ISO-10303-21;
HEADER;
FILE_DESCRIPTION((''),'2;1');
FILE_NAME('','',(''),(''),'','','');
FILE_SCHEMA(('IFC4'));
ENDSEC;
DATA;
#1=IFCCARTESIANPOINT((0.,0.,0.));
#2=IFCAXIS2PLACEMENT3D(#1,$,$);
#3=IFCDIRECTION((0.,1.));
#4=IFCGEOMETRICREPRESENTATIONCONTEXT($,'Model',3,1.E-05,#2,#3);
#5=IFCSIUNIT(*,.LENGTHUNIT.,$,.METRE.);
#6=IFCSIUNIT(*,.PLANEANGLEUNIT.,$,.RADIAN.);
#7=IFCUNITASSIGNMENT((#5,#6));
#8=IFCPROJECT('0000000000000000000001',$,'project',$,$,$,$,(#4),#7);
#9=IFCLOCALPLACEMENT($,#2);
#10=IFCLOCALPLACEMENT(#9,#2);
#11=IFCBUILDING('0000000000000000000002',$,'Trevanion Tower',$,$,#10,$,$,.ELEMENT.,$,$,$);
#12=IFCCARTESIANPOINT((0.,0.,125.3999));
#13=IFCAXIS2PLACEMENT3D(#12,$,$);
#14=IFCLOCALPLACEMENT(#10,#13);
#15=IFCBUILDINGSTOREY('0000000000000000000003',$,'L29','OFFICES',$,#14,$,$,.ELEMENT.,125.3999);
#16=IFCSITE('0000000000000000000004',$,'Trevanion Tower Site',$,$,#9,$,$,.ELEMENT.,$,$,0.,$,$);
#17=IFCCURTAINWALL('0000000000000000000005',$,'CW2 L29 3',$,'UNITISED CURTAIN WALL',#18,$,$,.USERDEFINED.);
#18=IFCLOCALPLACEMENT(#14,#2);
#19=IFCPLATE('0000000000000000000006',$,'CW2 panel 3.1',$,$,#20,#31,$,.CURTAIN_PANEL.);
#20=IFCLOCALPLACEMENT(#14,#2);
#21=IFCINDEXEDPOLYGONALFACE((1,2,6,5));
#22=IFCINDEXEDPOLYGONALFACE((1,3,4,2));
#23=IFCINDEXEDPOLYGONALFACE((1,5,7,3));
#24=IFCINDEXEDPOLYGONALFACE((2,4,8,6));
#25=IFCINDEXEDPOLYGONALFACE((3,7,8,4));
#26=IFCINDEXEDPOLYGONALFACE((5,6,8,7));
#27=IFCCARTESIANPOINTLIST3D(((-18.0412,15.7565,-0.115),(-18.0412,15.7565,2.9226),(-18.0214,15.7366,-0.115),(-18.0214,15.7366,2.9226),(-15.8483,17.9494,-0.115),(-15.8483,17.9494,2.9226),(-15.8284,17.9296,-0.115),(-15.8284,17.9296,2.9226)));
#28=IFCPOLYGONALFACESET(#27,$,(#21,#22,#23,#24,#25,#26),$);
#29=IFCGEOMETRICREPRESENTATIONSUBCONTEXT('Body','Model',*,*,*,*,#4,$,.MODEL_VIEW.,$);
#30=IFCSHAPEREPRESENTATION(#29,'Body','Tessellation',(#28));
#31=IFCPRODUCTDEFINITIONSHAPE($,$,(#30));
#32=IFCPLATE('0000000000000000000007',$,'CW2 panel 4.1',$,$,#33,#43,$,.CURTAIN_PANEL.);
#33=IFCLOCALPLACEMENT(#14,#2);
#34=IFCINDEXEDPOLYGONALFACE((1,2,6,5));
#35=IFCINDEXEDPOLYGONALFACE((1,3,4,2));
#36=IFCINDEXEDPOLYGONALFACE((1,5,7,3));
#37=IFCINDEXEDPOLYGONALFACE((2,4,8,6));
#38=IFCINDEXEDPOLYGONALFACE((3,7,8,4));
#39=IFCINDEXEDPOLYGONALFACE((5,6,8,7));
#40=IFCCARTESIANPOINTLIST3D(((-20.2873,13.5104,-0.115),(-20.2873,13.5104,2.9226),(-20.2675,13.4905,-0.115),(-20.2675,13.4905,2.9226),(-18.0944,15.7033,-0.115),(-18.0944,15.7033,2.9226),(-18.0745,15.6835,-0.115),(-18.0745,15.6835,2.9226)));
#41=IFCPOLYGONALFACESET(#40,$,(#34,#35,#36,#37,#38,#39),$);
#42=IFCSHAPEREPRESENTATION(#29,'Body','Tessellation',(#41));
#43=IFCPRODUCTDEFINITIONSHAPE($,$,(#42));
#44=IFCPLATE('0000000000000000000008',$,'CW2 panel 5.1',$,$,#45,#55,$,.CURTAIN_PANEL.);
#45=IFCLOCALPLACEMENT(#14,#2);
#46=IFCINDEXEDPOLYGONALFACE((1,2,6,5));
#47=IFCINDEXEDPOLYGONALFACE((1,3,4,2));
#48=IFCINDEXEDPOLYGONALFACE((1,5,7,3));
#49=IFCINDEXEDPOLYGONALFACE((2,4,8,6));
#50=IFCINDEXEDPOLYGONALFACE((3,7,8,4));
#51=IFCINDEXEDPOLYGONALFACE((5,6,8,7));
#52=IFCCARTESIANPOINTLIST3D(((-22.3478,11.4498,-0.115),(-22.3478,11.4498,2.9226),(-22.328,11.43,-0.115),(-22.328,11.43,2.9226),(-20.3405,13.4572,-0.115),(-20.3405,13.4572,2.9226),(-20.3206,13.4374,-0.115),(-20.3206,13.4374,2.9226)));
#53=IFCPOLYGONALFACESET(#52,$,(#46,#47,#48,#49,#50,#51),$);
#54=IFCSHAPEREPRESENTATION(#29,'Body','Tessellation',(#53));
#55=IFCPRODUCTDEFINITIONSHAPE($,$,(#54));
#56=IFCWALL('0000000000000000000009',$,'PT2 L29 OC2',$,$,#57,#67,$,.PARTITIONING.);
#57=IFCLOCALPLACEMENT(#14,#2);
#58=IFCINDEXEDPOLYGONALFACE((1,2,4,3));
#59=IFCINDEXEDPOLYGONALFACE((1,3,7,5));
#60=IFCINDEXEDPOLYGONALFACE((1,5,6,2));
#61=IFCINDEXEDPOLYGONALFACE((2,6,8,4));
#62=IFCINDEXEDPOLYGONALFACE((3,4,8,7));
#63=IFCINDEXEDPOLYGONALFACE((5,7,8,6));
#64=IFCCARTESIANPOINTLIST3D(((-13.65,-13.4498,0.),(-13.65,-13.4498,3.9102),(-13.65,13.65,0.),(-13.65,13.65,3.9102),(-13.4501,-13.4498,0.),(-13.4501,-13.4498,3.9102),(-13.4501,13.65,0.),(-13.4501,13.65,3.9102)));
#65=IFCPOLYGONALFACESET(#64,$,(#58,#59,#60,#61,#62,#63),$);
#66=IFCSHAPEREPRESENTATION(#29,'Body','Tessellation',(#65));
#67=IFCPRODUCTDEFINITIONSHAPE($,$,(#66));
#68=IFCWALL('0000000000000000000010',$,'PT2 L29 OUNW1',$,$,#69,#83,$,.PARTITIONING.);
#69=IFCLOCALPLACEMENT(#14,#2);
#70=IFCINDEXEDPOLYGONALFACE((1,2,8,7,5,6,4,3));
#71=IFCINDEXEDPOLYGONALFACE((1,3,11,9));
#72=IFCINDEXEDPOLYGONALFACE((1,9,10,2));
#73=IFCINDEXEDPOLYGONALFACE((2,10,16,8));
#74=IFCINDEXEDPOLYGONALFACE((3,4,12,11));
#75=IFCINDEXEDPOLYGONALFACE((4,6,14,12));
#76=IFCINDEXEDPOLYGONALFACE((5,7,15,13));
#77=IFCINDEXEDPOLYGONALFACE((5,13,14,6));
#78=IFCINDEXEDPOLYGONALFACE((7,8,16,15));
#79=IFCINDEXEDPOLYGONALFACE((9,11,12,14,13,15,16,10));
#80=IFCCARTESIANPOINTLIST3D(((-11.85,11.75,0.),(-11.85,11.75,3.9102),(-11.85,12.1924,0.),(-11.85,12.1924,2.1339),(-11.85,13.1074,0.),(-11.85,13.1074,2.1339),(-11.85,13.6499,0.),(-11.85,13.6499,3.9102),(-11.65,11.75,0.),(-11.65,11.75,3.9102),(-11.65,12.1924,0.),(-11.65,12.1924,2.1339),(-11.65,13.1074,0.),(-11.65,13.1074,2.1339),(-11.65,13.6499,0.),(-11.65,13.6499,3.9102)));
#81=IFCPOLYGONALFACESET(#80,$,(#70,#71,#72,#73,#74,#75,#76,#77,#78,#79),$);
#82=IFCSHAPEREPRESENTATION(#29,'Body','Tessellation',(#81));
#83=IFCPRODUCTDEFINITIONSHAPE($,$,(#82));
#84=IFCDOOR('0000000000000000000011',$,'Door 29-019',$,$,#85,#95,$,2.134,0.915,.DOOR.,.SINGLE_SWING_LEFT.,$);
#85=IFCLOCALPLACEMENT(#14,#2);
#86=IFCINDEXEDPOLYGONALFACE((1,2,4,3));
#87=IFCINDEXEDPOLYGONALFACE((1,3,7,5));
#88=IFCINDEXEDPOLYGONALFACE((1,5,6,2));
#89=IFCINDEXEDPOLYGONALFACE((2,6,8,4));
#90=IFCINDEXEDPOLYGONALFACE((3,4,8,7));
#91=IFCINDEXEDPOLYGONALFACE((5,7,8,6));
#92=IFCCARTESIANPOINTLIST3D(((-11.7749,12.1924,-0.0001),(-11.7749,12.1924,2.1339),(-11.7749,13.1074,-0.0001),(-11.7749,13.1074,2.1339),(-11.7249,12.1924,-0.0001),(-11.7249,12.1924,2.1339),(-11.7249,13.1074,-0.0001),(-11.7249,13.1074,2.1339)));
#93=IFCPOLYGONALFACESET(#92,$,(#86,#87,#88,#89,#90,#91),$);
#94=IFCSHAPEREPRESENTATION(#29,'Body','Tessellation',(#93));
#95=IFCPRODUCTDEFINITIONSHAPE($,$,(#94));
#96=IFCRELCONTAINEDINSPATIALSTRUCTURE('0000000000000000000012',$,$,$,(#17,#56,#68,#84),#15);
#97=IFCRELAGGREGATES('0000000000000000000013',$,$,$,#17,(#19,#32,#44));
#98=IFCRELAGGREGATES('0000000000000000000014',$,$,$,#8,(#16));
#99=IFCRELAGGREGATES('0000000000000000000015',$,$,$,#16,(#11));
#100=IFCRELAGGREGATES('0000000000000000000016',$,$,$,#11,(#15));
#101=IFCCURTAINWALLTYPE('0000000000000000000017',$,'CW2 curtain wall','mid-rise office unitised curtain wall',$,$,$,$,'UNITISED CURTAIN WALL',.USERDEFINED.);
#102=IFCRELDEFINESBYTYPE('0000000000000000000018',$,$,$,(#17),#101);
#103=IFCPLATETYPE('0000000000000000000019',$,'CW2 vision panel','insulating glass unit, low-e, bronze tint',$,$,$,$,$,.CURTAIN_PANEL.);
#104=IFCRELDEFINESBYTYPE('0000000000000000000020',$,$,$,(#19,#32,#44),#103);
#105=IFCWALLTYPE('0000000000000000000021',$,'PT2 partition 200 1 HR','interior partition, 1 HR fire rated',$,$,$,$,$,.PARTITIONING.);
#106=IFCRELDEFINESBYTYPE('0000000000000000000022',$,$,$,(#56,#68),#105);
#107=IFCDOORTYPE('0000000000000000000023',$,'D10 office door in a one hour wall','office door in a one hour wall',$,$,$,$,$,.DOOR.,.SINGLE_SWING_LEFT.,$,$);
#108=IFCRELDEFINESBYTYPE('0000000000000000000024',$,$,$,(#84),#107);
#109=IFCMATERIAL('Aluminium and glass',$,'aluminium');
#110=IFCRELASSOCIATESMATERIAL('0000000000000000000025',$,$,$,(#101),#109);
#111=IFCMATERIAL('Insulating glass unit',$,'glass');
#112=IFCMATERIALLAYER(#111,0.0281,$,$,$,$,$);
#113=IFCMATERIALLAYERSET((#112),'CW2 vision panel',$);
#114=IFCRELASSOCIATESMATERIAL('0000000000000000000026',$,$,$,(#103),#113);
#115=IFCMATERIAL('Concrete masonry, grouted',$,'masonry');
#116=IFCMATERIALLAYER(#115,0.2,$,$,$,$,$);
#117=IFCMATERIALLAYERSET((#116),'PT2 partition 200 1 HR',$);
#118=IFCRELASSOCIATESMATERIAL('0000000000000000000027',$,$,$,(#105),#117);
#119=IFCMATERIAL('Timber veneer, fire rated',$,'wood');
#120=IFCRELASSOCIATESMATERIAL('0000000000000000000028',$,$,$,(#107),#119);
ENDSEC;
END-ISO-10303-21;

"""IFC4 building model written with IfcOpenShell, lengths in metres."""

from ifc_helpers import new_model, si_unit, direction, frame, frame_2d, origin, origin_2d, place, context, subcontext, project, spatial, rectangle, extrude, material, layer, layer_set, type_object, element, fill, aggregate, save


model = new_model("IFC4")

# Units and contexts
model_context = context("Model", 3, precision=1e-05, world=origin(), true_north=direction((0.0, 1.0)))
body_context = subcontext(model_context, "Body", "Model", "MODEL_VIEW")
ifc_project = project(units=[si_unit("LENGTHUNIT", "METRE"), si_unit("PLANEANGLEUNIT", "RADIAN")], contexts=[model_context])

# Site, building, storey
site_placement = place(None, origin())
site = spatial("IfcSite", under=ifc_project, at=site_placement, Name="Trevanion Tower Site", CompositionType="ELEMENT", RefElevation=0.0)
building_placement = place(site_placement, origin())
building = spatial("IfcBuilding", under=site, at=building_placement, Name="Trevanion Tower", CompositionType="ELEMENT")
storey_placement = place(building_placement, frame((0.0, 0.0, 125.3999)))
storey = spatial("IfcBuildingStorey", under=building, at=storey_placement, Name="L29", Description="OFFICES", CompositionType="ELEMENT", Elevation=125.3999)

# Curtain wall
ifc_material_1 = material(Name="Aluminium and glass", Category="aluminium")
curtain_wall_type = type_object("IfcCurtainWallType", Name="CW2 curtain wall", Description="mid-rise office unitised curtain wall", ElementType="UNITISED CURTAIN WALL", PredefinedType="USERDEFINED", material=ifc_material_1)
curtain_wall_1_placement = place(storey_placement, origin())
curtain_wall_1 = element("IfcCurtainWall", 1, at=curtain_wall_1_placement, inside=storey, type_object=curtain_wall_type, Name="CW2 L29 3", ObjectType="UNITISED CURTAIN WALL", PredefinedType="USERDEFINED")

# Plates
ifc_material_2 = material(Name="Insulating glass unit", Category="glass")
ifc_layer_1 = layer(ifc_material_2, 0.0281)
ifc_layer_set_1 = layer_set([ifc_layer_1], Name="CW2 vision panel")
plate_type_1 = type_object("IfcPlateType", Name="CW2 vision panel", Description="insulating glass unit, low-e, bronze tint", PredefinedType="CURTAIN_PANEL", material=ifc_layer_set_1)
plate_1_placement = place(storey_placement, frame((-16.9348, 16.843, -0.115), z_axis=(0.0, 0.0, 1.0), x_axis=(-0.707107, -0.707107, 0.0)))
plate_1 = element("IfcPlate", 2, at=plate_1_placement, type_object=plate_type_1, Name="CW2 panel 3.1", PredefinedType="CURTAIN_PANEL", context=body_context, shape_type="SweptSolid", body=[
    extrude(rectangle(XDim=3.1013, YDim=0.0281, at=origin_2d()), origin(), (0.0, 0.0, 1.0), 3.0376),
])
plate_2_placement = place(storey_placement, frame((-19.1809, 14.5969, -0.115), z_axis=(0.0, 0.0, 1.0), x_axis=(-0.707107, -0.707107, 0.0)))
plate_2 = element("IfcPlate", 3, at=plate_2_placement, type_object=plate_type_1, Name="CW2 panel 4.1", PredefinedType="CURTAIN_PANEL", context=body_context, shape_type="SweptSolid", body=[
    extrude(rectangle(XDim=3.1013, YDim=0.0281, at=origin_2d()), origin(), (0.0, 0.0, 1.0), 3.0376),
])
plate_3_placement = place(storey_placement, frame((-21.3342, 12.4436, -0.115), z_axis=(0.0, 0.0, 1.0), x_axis=(-0.707107, -0.707107, 0.0)))
plate_3 = element("IfcPlate", 4, at=plate_3_placement, type_object=plate_type_1, Name="CW2 panel 5.1", PredefinedType="CURTAIN_PANEL", context=body_context, shape_type="SweptSolid", body=[
    extrude(rectangle(XDim=2.8389, YDim=0.0281, at=origin_2d()), origin(), (0.0, 0.0, 1.0), 3.0376),
])
aggregate(curtain_wall_1, [plate_1, plate_2, plate_3])

# Wall
ifc_material_3 = material(Name="Concrete masonry, grouted", Category="masonry")
ifc_layer_2 = layer(ifc_material_3, 0.2)
ifc_layer_set_2 = layer_set([ifc_layer_2], Name="PT2 partition 200 1 HR")
wall_type = type_object("IfcWallType", Name="PT2 partition 200 1 HR", Description="interior partition, 1 HR fire rated", PredefinedType="PARTITIONING", material=ifc_layer_set_2)
wall_1_placement = place(storey_placement, frame((-13.55, 13.6499, 0.0), z_axis=(0.0, 0.0, 1.0), x_axis=(0.0, -1.0, 0.0)))
element("IfcWall", 5, at=wall_1_placement, inside=storey, type_object=wall_type, Name="PT2 L29 OC2", PredefinedType="PARTITIONING", context=body_context, shape_type="SweptSolid", body=[
    extrude(rectangle(XDim=27.0999, YDim=0.2, at=frame_2d((13.5498, 0.0))), origin(), (0.0, 0.0, 1.0), 3.9102),
])

# Wall, opening, door
wall_2_placement = place(storey_placement, frame((-11.75, 11.75, 0.0), z_axis=(0.0, 0.0, 1.0), x_axis=(0.0, 1.0, 0.0)))
wall_2 = element("IfcWall", 6, at=wall_2_placement, inside=storey, type_object=wall_type, Name="PT2 L29 OUNW1", PredefinedType="PARTITIONING", context=body_context, shape_type="SweptSolid", body=[
    extrude(rectangle(XDim=1.8999, YDim=0.2, at=frame_2d((0.95, 0.0))), origin(), (0.0, 0.0, 1.0), 3.9102),
])
opening_placement = place(wall_2_placement, frame((0.4424, 0.0, 0.0)))
opening = element("IfcOpeningElement", 7, at=opening_placement, cuts=wall_2, PredefinedType="OPENING", context=body_context, shape_type="SweptSolid", body=[
    extrude(rectangle(XDim=0.915, YDim=2.134, at=frame_2d((0.4575, 1.0669))), frame((0.0, 0.1099, 0.0), z_axis=(0.0, -1.0, 0.0), x_axis=(1.0, 0.0, 0.0)), (0.0, 0.0, 1.0), 0.22),
])
ifc_material_4 = material(Name="Timber veneer, fire rated", Category="wood")
door_type = type_object("IfcDoorType", Name="D10 office door in a one hour wall", Description="office door in a one hour wall", OperationType="SINGLE_SWING_LEFT", PredefinedType="DOOR", material=ifc_material_4)
door_placement = place(opening_placement, origin())
door = element("IfcDoor", 8, at=door_placement, inside=storey, type_object=door_type, Name="Door 29-019", OperationType="SINGLE_SWING_LEFT", OverallHeight=2.134, OverallWidth=0.915, PredefinedType="DOOR", context=body_context, shape_type="SweptSolid", body=[
    extrude(rectangle(XDim=0.915, YDim=2.134, at=frame_2d((0.4575, 1.0669))), frame((0.0, 0.0249, 0.0), z_axis=(0.0, -1.0, 0.0), x_axis=(1.0, 0.0, 0.0)), (0.0, 0.0, 1.0), 0.05),
])
fill(opening, door)

save(model, "model.ifc")
